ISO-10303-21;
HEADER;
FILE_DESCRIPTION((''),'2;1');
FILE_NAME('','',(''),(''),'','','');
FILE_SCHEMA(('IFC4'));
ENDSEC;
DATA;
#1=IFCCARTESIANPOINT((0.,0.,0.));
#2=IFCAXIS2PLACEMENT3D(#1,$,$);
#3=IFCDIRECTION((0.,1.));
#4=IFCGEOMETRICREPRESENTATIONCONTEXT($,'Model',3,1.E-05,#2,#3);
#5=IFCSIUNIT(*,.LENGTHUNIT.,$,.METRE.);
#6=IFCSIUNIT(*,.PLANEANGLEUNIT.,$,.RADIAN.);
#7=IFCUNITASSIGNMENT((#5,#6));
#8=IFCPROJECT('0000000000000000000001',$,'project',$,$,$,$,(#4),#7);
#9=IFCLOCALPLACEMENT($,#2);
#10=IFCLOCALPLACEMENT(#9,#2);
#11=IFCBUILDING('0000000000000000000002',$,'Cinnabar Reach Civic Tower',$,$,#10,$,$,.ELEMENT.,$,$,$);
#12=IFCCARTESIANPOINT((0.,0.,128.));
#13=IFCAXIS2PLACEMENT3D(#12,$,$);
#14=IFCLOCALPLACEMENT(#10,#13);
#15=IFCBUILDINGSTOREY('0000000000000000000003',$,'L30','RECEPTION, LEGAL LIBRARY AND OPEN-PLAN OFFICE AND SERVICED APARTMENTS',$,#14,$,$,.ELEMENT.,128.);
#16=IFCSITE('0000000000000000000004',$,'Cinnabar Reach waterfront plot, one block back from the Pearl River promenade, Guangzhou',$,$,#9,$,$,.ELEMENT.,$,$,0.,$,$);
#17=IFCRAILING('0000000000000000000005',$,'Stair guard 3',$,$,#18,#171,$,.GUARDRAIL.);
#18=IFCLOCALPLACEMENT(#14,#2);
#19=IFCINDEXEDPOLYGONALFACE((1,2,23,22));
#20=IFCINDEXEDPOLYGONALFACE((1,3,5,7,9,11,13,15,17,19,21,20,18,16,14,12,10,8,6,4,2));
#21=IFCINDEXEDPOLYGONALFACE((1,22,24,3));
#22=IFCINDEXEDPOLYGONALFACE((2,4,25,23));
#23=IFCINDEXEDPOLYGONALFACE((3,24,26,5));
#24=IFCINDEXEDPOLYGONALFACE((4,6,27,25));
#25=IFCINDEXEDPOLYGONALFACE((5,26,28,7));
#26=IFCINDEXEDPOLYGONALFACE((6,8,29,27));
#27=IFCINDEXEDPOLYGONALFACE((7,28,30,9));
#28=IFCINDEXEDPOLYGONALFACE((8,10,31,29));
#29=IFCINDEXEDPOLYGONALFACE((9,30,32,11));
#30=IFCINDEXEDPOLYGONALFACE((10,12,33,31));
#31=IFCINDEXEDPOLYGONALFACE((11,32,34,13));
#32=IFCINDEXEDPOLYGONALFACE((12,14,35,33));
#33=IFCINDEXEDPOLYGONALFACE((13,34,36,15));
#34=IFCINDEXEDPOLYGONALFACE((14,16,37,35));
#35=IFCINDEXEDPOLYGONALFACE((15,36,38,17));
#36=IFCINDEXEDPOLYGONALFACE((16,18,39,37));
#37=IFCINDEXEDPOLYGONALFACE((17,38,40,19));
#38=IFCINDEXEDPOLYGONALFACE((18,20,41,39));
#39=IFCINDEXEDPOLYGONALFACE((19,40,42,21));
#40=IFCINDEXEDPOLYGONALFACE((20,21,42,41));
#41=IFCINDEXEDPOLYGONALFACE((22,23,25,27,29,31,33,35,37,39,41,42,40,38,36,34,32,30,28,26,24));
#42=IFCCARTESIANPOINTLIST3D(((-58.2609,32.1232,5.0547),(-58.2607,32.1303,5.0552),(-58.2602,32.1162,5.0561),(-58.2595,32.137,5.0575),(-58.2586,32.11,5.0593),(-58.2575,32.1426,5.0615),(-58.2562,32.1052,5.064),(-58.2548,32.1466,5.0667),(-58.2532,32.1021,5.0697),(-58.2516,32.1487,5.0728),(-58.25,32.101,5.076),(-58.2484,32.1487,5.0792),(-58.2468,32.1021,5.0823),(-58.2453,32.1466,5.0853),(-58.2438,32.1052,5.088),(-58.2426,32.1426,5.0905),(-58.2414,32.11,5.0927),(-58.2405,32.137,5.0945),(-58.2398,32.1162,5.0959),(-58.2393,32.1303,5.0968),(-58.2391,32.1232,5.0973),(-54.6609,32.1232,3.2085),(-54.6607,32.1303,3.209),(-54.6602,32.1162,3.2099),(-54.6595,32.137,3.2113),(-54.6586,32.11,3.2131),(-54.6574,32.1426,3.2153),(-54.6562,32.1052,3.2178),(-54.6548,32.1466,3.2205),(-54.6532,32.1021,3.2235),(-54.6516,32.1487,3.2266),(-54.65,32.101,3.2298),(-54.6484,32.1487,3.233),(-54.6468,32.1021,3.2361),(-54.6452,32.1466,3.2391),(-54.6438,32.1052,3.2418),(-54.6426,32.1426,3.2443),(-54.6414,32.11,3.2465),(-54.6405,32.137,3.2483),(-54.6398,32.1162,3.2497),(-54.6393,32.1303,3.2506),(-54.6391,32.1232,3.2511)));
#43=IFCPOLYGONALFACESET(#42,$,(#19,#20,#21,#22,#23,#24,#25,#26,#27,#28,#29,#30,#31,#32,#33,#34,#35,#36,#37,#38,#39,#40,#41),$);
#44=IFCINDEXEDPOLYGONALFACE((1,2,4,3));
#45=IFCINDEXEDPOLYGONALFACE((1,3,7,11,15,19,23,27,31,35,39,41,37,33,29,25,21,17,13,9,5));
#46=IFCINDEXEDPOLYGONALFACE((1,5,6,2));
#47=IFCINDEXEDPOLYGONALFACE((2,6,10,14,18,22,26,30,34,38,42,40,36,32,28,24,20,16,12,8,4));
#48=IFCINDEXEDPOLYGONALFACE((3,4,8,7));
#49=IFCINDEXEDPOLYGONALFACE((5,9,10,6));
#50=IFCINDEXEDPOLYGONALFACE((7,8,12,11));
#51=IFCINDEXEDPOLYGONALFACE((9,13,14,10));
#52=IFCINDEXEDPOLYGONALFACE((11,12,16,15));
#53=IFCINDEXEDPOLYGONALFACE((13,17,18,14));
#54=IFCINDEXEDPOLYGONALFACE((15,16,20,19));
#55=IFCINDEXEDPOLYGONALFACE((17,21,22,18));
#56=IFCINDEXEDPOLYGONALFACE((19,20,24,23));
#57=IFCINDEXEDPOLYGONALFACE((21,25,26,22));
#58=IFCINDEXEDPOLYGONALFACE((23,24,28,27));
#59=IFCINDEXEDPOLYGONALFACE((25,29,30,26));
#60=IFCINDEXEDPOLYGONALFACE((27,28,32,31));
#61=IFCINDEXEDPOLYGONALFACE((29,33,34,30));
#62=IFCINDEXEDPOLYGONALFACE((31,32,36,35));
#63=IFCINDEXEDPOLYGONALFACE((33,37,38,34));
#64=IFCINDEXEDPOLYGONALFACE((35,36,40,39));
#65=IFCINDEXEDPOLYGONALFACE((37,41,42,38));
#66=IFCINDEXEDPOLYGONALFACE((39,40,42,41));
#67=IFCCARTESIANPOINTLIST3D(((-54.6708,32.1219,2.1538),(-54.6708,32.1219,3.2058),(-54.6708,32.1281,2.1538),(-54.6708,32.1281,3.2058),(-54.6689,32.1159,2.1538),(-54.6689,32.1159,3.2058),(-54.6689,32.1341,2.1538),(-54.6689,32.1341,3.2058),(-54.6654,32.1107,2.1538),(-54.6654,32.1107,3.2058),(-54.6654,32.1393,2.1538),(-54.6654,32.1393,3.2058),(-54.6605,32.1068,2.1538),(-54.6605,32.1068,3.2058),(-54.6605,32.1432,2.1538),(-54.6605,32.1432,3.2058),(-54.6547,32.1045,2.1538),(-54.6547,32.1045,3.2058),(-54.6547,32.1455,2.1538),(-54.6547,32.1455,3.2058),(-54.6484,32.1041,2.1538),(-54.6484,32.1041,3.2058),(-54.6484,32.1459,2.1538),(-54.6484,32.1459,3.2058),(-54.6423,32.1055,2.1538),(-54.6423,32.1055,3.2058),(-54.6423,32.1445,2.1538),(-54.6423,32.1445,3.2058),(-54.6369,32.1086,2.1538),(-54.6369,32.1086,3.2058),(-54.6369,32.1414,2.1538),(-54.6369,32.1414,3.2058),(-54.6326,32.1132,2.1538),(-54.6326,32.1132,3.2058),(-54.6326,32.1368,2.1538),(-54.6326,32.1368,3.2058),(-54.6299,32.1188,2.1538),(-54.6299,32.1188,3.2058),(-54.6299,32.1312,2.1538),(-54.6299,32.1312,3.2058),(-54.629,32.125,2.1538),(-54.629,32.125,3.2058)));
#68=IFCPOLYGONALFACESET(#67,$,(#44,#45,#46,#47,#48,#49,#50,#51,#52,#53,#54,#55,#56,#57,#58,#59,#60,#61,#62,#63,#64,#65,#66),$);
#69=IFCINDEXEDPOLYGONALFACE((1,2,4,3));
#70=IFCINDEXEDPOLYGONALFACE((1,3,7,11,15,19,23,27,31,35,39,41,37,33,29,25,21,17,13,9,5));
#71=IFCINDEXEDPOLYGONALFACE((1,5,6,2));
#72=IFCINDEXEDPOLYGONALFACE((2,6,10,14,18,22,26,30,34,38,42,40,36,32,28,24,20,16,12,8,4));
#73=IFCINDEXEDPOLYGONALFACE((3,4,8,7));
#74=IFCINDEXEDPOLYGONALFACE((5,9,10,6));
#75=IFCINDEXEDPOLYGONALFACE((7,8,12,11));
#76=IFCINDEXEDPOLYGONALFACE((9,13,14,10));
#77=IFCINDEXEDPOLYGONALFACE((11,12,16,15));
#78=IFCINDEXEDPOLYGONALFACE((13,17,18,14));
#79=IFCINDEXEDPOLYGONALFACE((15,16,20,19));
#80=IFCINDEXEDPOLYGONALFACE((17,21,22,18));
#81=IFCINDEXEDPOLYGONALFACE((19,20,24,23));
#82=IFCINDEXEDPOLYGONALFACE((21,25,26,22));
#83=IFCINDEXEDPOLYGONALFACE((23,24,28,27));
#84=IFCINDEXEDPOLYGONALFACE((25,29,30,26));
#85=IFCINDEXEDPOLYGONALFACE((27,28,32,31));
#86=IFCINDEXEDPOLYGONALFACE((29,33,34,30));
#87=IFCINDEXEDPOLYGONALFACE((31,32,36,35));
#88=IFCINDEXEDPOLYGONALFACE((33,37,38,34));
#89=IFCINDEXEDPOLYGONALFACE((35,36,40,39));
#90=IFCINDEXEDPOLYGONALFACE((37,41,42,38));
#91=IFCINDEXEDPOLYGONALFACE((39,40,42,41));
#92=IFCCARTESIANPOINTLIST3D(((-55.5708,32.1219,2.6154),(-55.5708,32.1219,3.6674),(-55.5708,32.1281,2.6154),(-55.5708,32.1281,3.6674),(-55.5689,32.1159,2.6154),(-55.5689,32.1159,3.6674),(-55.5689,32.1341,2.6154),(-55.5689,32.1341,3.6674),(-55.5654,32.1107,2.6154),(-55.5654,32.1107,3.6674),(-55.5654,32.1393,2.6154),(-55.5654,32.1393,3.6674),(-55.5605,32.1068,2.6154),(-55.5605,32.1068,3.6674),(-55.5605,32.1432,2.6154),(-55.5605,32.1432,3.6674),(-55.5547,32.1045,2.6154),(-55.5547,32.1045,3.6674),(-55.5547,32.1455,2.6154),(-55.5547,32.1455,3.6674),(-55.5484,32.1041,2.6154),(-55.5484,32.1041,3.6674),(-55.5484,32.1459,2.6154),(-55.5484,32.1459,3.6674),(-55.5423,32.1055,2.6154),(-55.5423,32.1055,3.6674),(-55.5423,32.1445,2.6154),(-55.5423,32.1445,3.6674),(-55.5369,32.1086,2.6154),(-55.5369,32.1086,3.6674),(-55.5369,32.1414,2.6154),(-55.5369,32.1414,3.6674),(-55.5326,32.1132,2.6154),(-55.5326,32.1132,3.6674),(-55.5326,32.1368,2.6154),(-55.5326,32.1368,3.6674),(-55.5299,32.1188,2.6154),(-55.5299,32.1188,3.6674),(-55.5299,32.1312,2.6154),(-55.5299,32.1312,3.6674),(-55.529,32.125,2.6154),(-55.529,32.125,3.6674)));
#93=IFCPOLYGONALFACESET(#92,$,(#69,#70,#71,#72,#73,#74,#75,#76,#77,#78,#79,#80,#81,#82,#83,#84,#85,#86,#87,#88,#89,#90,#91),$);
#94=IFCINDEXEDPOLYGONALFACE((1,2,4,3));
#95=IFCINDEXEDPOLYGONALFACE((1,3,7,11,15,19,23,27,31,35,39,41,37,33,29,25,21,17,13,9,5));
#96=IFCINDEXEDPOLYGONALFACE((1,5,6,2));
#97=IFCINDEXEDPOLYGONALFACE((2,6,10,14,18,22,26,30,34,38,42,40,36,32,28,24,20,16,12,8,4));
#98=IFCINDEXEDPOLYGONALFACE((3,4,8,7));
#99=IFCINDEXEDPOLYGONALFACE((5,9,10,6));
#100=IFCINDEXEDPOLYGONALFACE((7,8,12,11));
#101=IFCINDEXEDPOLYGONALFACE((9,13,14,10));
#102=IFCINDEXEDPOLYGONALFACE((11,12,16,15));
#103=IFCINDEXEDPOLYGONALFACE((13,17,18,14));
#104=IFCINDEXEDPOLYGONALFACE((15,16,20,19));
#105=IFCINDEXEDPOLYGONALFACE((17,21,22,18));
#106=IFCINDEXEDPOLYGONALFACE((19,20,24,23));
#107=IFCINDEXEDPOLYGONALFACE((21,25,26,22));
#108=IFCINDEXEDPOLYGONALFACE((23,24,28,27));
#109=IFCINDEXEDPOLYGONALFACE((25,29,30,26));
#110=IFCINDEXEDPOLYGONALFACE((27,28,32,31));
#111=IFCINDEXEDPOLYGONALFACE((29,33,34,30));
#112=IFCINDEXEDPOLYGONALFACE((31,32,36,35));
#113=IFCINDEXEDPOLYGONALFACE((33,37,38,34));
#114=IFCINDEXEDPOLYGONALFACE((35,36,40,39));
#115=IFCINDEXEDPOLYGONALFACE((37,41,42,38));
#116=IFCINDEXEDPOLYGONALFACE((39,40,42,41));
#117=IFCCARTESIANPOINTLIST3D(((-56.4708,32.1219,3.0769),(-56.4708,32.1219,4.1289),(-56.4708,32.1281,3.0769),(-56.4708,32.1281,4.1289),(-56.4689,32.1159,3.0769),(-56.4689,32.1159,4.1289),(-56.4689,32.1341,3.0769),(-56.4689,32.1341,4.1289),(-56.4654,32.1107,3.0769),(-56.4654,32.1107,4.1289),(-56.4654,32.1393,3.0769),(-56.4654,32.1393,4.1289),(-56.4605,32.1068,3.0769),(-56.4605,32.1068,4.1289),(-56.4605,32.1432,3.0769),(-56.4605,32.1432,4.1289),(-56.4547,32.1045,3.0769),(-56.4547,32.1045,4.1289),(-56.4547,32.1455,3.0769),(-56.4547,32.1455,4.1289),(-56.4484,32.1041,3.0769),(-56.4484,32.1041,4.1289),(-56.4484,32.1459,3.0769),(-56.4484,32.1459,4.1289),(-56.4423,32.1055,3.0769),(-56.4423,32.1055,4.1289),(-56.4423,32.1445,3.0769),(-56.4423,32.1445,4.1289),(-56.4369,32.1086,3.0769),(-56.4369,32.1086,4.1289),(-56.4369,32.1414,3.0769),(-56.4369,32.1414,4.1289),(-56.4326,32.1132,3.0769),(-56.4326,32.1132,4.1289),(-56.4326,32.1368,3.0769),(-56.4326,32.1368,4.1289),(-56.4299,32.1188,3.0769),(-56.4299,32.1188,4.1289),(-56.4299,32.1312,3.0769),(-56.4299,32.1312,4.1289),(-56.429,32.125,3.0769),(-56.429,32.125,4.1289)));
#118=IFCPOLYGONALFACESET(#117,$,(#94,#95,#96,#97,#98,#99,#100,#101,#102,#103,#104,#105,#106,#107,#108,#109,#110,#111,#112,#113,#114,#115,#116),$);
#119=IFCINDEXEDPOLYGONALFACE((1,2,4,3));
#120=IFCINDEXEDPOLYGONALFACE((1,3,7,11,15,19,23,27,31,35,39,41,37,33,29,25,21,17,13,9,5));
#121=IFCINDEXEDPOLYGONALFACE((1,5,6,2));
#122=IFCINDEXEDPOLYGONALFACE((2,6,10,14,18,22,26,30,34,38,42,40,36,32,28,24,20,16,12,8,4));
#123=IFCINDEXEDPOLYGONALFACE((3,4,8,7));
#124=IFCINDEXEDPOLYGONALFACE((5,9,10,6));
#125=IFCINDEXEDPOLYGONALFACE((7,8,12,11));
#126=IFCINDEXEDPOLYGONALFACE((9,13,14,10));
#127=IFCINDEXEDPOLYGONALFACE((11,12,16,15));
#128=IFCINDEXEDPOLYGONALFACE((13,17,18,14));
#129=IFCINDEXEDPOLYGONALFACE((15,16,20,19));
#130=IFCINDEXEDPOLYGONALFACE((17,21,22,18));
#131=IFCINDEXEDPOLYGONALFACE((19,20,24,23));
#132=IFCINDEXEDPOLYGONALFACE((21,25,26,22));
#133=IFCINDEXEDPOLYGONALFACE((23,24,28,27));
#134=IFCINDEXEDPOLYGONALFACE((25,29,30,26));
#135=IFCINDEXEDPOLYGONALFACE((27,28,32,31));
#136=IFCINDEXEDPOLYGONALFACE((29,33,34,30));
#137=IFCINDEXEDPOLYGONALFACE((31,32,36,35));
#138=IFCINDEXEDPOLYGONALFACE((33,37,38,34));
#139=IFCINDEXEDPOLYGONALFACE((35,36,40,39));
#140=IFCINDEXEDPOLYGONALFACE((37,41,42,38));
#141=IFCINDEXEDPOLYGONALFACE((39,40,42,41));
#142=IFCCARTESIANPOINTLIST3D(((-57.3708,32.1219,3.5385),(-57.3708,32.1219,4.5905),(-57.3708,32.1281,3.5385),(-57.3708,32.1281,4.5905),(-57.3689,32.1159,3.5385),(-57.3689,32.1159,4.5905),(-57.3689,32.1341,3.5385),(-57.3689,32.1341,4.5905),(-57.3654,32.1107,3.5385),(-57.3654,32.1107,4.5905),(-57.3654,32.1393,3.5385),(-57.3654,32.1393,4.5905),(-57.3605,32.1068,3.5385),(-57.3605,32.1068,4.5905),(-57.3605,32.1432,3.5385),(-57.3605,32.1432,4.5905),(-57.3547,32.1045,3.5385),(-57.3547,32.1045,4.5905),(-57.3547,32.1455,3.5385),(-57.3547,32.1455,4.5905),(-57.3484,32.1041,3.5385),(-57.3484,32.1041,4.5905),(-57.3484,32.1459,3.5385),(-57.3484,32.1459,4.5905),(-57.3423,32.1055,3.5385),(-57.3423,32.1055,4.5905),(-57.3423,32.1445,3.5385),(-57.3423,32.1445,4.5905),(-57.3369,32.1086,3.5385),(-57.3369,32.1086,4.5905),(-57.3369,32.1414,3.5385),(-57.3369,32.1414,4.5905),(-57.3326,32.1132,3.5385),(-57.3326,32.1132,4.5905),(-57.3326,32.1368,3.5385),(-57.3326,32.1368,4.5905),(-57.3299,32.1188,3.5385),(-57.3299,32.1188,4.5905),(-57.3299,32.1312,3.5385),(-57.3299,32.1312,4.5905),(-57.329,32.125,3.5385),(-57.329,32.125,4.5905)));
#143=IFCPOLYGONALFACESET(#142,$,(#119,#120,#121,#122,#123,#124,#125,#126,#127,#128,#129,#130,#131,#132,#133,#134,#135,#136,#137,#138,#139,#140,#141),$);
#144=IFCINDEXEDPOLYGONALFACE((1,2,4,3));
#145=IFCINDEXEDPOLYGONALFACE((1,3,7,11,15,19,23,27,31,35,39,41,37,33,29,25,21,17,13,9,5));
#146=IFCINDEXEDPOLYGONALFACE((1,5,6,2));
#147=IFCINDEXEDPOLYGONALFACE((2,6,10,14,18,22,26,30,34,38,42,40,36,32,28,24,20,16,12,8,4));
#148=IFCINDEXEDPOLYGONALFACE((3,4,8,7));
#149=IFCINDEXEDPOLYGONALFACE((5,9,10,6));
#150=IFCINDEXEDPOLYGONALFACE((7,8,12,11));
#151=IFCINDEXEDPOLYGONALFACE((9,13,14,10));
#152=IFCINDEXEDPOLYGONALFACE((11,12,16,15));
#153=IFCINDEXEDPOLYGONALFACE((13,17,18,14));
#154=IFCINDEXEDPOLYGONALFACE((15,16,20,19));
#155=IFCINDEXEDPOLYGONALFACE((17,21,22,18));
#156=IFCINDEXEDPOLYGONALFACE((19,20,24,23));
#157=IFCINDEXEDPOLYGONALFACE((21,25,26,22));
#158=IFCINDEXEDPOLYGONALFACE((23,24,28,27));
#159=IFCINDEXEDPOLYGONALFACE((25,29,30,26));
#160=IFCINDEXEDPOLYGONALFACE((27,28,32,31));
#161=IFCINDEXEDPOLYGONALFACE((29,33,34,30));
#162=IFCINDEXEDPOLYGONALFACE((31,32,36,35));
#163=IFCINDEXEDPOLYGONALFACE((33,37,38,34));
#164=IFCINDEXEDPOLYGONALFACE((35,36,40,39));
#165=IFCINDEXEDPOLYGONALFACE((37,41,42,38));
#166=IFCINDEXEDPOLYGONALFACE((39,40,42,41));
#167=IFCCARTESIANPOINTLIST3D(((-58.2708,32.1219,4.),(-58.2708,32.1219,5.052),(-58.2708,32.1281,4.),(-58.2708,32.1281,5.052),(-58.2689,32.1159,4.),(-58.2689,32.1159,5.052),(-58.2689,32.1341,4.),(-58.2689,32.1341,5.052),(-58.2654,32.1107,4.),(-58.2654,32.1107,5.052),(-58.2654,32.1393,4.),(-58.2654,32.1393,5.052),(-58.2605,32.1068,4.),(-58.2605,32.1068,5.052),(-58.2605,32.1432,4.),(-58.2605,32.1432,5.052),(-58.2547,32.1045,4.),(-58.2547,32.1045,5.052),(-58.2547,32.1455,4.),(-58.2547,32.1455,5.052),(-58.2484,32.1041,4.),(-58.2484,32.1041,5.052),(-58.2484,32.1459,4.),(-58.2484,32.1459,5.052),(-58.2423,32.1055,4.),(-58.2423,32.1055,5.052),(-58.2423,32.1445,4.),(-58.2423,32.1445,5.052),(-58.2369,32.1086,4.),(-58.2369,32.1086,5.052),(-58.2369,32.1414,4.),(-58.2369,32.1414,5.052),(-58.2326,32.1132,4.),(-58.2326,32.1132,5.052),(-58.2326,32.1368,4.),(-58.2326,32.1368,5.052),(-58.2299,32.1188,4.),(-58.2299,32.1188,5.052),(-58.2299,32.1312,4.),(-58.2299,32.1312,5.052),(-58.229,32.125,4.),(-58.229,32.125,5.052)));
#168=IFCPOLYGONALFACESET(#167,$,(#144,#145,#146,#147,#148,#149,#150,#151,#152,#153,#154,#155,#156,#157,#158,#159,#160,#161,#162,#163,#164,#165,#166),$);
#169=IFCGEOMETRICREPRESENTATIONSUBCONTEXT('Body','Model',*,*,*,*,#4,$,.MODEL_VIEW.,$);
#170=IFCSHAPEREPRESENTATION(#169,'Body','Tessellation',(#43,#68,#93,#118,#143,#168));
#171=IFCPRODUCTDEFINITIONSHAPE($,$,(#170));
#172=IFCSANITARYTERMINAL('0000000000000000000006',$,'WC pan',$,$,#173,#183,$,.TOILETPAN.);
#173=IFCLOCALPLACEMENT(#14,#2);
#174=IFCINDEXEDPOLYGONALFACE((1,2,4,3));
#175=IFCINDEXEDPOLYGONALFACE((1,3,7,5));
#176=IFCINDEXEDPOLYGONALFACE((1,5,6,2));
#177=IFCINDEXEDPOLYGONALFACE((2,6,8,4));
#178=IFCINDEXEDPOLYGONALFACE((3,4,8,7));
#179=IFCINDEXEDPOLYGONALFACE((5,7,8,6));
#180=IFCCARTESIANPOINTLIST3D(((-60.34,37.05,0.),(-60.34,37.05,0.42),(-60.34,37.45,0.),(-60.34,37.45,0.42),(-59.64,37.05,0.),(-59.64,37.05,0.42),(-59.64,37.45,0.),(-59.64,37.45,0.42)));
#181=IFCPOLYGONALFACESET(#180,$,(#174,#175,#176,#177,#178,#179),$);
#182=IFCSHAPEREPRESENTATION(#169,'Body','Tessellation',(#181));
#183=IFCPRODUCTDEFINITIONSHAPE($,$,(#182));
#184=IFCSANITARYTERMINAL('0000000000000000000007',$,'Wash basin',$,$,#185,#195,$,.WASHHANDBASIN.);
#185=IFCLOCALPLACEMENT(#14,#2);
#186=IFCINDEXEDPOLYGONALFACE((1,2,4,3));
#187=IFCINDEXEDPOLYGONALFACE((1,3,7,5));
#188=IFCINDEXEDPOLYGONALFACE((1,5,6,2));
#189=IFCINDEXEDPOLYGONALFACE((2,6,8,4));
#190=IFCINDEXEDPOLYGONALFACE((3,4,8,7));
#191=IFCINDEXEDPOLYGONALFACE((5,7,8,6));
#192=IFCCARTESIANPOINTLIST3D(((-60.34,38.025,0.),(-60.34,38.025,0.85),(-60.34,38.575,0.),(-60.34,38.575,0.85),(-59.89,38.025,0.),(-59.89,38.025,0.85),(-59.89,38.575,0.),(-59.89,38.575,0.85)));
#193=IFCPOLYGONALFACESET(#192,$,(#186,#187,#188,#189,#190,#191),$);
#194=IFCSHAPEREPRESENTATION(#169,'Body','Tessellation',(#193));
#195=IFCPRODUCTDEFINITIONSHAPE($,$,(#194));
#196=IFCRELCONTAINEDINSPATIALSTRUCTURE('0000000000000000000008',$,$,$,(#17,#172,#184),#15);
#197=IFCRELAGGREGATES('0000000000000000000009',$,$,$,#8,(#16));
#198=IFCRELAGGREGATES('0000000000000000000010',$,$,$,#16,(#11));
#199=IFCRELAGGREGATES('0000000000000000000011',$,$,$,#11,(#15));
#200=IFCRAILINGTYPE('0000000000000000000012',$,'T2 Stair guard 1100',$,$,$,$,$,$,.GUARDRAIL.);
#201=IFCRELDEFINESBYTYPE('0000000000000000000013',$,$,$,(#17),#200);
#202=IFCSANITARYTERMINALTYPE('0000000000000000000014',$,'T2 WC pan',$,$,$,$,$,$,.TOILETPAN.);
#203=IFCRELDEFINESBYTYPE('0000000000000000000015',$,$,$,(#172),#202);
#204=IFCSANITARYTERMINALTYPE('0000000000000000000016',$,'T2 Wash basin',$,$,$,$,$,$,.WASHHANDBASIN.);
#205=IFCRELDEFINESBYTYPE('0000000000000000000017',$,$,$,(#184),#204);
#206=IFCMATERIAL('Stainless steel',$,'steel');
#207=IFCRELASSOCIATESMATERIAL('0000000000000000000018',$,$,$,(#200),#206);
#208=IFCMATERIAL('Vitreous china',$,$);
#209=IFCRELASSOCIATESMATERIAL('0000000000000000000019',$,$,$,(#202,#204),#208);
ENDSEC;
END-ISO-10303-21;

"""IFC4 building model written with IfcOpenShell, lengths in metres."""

from ifc_helpers import new_model, si_unit, direction, frame, origin, origin_2d, place, context, subcontext, project, spatial, rectangle, circle, extrude, material, type_object, element, save


model = new_model("IFC4")

# Units and contexts
model_context = context("Model", 3, precision=1e-05, world=origin(), true_north=direction((0.0, 1.0)))
body_context = subcontext(model_context, "Body", "Model", "MODEL_VIEW")
ifc_project = project(units=[si_unit("LENGTHUNIT", "METRE"), si_unit("PLANEANGLEUNIT", "RADIAN")], contexts=[model_context])

# Site, building, storey
site_placement = place(None, origin())
site = spatial("IfcSite", under=ifc_project, at=site_placement, Name="Cinnabar Reach waterfront plot, one block back from the Pearl River promenade, Guangzhou", CompositionType="ELEMENT", RefElevation=0.0)
building_placement = place(site_placement, origin())
building = spatial("IfcBuilding", under=site, at=building_placement, Name="Cinnabar Reach Civic Tower", CompositionType="ELEMENT")
storey_placement = place(building_placement, frame((0.0, 0.0, 128.0)))
storey = spatial("IfcBuildingStorey", under=building, at=storey_placement, Name="L30", Description="RECEPTION, LEGAL LIBRARY AND OPEN-PLAN OFFICE AND SERVICED APARTMENTS", CompositionType="ELEMENT", Elevation=128.0)

# Railing
ifc_material_1 = material(Name="Stainless steel", Category="steel")
railing_type = type_object("IfcRailingType", Name="T2 Stair guard 1100", PredefinedType="GUARDRAIL", material=ifc_material_1)
railing_1_placement = place(storey_placement, frame((-54.65, 32.125, 2.1538)))
element("IfcRailing", 1, at=railing_1_placement, inside=storey, type_object=railing_type, Name="Stair guard 3", PredefinedType="GUARDRAIL", context=body_context, shape_type="SweptSolid", body=[
    extrude(circle(Radius=0.024, at=origin_2d()), frame((0.0, 0.0, 1.076), z_axis=(-0.889813, 0.0, 0.456326), x_axis=(0.0, -1.0, 0.0)), (0.0, 0.0, 1.0), 4.0458),
    extrude(circle(Radius=0.021, at=origin_2d()), origin(), (0.0, 0.0, 1.0), 1.052),
    extrude(circle(Radius=0.021, at=origin_2d()), frame((-0.9, 0.0, 0.4616)), (0.0, 0.0, 1.0), 1.052),
    extrude(circle(Radius=0.021, at=origin_2d()), frame((-1.8, 0.0, 0.9231)), (0.0, 0.0, 1.0), 1.052),
    extrude(circle(Radius=0.021, at=origin_2d()), frame((-2.7, 0.0, 1.3847)), (0.0, 0.0, 1.0), 1.052),
    extrude(circle(Radius=0.021, at=origin_2d()), frame((-3.6, 0.0, 1.8462)), (0.0, 0.0, 1.0), 1.052),
])

# Sanitary terminals
ifc_material_2 = material(Name="Vitreous china")
sanitary_terminal_type_1 = type_object("IfcSanitaryTerminalType", Name="T2 WC pan", PredefinedType="TOILETPAN", material=ifc_material_2)
sanitary_terminal_1_placement = place(storey_placement, frame((-59.99, 37.25, 0.0), z_axis=(0.0, 0.0, 1.0), x_axis=(1.0, 0.0, 0.0)))
element("IfcSanitaryTerminal", 2, at=sanitary_terminal_1_placement, inside=storey, type_object=sanitary_terminal_type_1, Name="WC pan", PredefinedType="TOILETPAN", context=body_context, shape_type="SweptSolid", body=[
    extrude(rectangle(XDim=0.7, YDim=0.4, at=origin_2d()), origin(), (0.0, 0.0, 1.0), 0.42),
])
sanitary_terminal_type_2 = type_object("IfcSanitaryTerminalType", Name="T2 Wash basin", PredefinedType="WASHHANDBASIN", material=ifc_material_2)
sanitary_terminal_2_placement = place(storey_placement, frame((-60.115, 38.3, 0.0), z_axis=(0.0, 0.0, 1.0), x_axis=(1.0, 0.0, 0.0)))
element("IfcSanitaryTerminal", 3, at=sanitary_terminal_2_placement, inside=storey, type_object=sanitary_terminal_type_2, Name="Wash basin", PredefinedType="WASHHANDBASIN", context=body_context, shape_type="SweptSolid", body=[
    extrude(rectangle(XDim=0.45, YDim=0.55, at=origin_2d()), origin(), (0.0, 0.0, 1.0), 0.85),
])

save(model, "model.ifc")
